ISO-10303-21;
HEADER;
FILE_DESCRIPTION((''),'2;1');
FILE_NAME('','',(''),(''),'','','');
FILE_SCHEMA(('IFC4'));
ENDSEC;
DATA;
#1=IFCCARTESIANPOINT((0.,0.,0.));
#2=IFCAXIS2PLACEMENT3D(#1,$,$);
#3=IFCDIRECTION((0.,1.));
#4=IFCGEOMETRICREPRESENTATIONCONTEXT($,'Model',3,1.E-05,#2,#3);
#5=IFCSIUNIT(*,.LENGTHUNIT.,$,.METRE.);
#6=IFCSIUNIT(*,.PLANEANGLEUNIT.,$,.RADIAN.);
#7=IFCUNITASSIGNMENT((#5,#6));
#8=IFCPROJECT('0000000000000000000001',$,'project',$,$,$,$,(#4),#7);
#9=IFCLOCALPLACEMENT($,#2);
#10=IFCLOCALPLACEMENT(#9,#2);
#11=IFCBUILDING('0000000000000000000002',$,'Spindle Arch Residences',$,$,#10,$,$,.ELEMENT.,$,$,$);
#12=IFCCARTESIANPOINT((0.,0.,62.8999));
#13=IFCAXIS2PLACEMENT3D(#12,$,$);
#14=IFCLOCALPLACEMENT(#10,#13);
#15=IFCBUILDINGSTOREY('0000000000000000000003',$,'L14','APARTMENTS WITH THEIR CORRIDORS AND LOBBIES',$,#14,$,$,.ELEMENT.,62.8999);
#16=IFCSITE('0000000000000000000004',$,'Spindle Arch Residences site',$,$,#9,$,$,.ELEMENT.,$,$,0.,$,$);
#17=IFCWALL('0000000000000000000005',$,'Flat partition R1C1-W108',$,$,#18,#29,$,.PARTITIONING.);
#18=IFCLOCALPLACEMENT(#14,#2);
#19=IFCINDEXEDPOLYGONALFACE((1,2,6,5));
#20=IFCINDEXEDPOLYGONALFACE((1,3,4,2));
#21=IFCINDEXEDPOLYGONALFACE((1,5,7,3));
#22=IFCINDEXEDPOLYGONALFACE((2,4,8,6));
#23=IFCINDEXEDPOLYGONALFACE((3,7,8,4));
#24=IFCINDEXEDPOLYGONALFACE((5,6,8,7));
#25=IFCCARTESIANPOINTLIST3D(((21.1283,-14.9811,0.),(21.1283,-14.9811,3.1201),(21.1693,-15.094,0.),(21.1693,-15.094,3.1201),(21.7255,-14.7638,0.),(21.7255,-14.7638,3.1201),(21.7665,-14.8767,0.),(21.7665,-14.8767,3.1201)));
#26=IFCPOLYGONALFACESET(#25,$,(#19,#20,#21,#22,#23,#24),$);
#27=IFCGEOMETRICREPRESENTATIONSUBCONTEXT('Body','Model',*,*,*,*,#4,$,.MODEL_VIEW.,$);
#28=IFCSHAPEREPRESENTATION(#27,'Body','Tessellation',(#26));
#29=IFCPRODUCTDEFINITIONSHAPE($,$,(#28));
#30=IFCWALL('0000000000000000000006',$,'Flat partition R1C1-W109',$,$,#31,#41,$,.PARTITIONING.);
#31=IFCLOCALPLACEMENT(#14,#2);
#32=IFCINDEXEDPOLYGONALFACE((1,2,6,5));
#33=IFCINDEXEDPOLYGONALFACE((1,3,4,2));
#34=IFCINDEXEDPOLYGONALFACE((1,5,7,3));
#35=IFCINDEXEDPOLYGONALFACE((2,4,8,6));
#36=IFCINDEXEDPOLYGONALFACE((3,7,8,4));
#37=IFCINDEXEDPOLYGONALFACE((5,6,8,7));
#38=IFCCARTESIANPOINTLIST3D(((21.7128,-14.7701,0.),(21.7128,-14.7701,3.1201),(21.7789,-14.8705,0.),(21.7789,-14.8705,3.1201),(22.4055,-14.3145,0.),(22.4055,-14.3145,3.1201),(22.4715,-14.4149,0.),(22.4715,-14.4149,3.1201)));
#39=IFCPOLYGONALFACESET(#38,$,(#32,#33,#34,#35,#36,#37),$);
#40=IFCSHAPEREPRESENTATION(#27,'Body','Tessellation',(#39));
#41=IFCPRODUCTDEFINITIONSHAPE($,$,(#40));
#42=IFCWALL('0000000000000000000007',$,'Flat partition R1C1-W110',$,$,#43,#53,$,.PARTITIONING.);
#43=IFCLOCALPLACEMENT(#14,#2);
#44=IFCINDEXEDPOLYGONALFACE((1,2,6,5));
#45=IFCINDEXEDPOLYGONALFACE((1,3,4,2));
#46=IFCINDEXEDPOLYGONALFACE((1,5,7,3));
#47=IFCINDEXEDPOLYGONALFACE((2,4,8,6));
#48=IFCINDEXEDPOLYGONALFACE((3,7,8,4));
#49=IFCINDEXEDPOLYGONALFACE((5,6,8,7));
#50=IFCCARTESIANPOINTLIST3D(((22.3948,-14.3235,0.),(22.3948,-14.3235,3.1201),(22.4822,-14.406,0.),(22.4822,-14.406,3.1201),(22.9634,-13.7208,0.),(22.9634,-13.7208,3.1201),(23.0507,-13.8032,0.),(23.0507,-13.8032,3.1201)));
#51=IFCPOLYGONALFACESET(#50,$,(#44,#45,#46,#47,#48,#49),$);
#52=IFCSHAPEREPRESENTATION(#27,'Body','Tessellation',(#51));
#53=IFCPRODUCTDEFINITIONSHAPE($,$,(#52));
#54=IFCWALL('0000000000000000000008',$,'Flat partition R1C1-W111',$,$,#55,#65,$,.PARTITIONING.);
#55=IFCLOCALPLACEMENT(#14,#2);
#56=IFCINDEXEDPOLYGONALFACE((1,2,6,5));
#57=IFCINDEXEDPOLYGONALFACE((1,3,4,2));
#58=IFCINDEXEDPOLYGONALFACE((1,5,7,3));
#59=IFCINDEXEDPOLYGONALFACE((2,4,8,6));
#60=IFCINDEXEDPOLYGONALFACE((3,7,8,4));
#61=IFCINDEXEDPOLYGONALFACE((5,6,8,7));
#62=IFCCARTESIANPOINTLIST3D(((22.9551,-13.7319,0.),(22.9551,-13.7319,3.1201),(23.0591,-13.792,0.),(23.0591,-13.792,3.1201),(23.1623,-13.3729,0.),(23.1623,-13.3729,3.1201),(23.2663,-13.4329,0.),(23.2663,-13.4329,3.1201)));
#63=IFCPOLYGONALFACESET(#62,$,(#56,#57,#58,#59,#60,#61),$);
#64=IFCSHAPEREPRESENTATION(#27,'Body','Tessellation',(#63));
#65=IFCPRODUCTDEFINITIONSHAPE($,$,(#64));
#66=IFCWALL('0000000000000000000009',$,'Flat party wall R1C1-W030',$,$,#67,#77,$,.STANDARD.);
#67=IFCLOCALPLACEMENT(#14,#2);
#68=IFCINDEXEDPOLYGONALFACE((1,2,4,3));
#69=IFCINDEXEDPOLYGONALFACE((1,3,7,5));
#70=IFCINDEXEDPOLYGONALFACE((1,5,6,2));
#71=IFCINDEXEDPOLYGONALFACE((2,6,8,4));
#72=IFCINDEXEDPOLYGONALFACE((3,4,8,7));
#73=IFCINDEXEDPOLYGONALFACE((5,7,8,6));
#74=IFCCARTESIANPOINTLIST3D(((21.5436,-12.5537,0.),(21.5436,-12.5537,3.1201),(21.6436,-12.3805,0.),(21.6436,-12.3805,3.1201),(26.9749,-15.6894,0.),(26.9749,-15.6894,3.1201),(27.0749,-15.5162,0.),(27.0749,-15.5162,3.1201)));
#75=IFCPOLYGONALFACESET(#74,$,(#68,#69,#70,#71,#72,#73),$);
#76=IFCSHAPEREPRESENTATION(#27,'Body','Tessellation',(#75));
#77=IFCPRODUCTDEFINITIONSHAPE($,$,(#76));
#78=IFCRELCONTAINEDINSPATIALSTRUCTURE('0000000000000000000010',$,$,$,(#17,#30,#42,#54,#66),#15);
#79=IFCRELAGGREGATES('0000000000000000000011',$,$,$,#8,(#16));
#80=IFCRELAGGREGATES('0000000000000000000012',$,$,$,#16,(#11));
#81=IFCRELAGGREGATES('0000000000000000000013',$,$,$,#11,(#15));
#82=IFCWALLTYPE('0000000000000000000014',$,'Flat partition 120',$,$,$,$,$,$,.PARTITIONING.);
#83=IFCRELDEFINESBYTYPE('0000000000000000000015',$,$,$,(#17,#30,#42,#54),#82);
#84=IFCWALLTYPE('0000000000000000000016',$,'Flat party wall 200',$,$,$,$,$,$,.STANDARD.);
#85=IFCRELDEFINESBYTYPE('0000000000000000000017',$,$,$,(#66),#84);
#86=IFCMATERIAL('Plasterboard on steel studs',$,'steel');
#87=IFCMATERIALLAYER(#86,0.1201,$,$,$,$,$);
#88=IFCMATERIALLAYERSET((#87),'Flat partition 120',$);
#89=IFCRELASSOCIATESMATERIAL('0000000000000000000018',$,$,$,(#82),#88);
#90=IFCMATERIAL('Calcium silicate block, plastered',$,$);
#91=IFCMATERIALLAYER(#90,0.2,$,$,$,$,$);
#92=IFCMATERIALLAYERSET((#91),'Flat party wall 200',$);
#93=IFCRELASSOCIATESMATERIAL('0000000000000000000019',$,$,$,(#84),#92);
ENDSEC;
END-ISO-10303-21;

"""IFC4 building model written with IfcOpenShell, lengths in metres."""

from ifc_helpers import new_model, si_unit, direction, frame, frame_2d, origin, place, context, subcontext, project, spatial, rectangle, extrude, material, layer, layer_set, type_object, element, save


model = new_model("IFC4")

# Units and contexts
model_context = context("Model", 3, precision=1e-05, world=origin(), true_north=direction((0.0, 1.0)))
body_context = subcontext(model_context, "Body", "Model", "MODEL_VIEW")
ifc_project = project(units=[si_unit("LENGTHUNIT", "METRE"), si_unit("PLANEANGLEUNIT", "RADIAN")], contexts=[model_context])

# Site, building, storey
site_placement = place(None, origin())
site = spatial("IfcSite", under=ifc_project, at=site_placement, Name="Spindle Arch Residences site", CompositionType="ELEMENT", RefElevation=0.0)
building_placement = place(site_placement, origin())
building = spatial("IfcBuilding", under=site, at=building_placement, Name="Spindle Arch Residences", CompositionType="ELEMENT")
storey_placement = place(building_placement, frame((0.0, 0.0, 62.8999)))
storey = spatial("IfcBuildingStorey", under=building, at=storey_placement, Name="L14", Description="APARTMENTS WITH THEIR CORRIDORS AND LOBBIES", CompositionType="ELEMENT", Elevation=62.8999)

# Shared definitions
ifc_material_1 = material(Name="Plasterboard on steel studs", Category="steel")
ifc_layer_1 = layer(ifc_material_1, 0.1201)
ifc_layer_set_1 = layer_set([ifc_layer_1], Name="Flat partition 120")
wall_type_1 = type_object("IfcWallType", Name="Flat partition 120", PredefinedType="PARTITIONING", material=ifc_layer_set_1)

# Walls
wall_1_placement = place(storey_placement, frame((21.1487, -15.0376, 0.0), z_axis=(0.0, 0.0, 1.0), x_axis=(0.939726, 0.341928, 0.0)))
element("IfcWall", 1, at=wall_1_placement, inside=storey, type_object=wall_type_1, Name="Flat partition R1C1-W108", PredefinedType="PARTITIONING", context=body_context, shape_type="SweptSolid", body=[
    extrude(rectangle(XDim=0.6355, YDim=0.1201, at=frame_2d((0.3179, 0.0))), origin(), (0.0, 0.0, 1.0), 3.1201),
])
wall_2_placement = place(storey_placement, frame((21.7458, -14.8203, 0.0), z_axis=(0.0, 0.0, 1.0), x_axis=(0.835478, 0.549525, 0.0)))
element("IfcWall", 2, at=wall_2_placement, inside=storey, type_object=wall_type_1, Name="Flat partition R1C1-W109", PredefinedType="PARTITIONING", context=body_context, shape_type="SweptSolid", body=[
    extrude(rectangle(XDim=0.8291, YDim=0.1201, at=frame_2d((0.4146, 0.0))), origin(), (0.0, 0.0, 1.0), 3.1201),
])
wall_3_placement = place(storey_placement, frame((22.4385, -14.3647, 0.0), z_axis=(0.0, 0.0, 1.0), x_axis=(0.686182, 0.72743, 0.0)))
element("IfcWall", 3, at=wall_3_placement, inside=storey, type_object=wall_type_1, Name="Flat partition R1C1-W110", PredefinedType="PARTITIONING", context=body_context, shape_type="SweptSolid", body=[
    extrude(rectangle(XDim=0.8286, YDim=0.1201, at=frame_2d((0.4143, 0.0))), origin(), (0.0, 0.0, 1.0), 3.1201),
])
wall_4_placement = place(storey_placement, frame((23.0071, -13.762, 0.0), z_axis=(0.0, 0.0, 1.0), x_axis=(0.499875, 0.866097, 0.0)))
element("IfcWall", 4, at=wall_4_placement, inside=storey, type_object=wall_type_1, Name="Flat partition R1C1-W111", PredefinedType="PARTITIONING", context=body_context, shape_type="SweptSolid", body=[
    extrude(rectangle(XDim=0.4146, YDim=0.1201, at=frame_2d((0.2073, 0.0))), origin(), (0.0, 0.0, 1.0), 3.1201),
])
ifc_material_2 = material(Name="Calcium silicate block, plastered")
ifc_layer_2 = layer(ifc_material_2, 0.2)
ifc_layer_set_2 = layer_set([ifc_layer_2], Name="Flat party wall 200")
wall_type_2 = type_object("IfcWallType", Name="Flat party wall 200", PredefinedType="STANDARD", material=ifc_layer_set_2)
wall_5_placement = place(storey_placement, frame((27.0249, -15.6028, 0.0), z_axis=(0.0, 0.0, 1.0), x_axis=(-0.866031, 0.499991, 0.0)))
element("IfcWall", 5, at=wall_5_placement, inside=storey, type_object=wall_type_2, Name="Flat party wall R1C1-W030", PredefinedType="STANDARD", context=body_context, shape_type="SweptSolid", body=[
    extrude(rectangle(XDim=6.2715, YDim=0.2, at=frame_2d((3.1357, 0.0))), origin(), (0.0, 0.0, 1.0), 3.1201),
])

save(model, "model.ifc")
